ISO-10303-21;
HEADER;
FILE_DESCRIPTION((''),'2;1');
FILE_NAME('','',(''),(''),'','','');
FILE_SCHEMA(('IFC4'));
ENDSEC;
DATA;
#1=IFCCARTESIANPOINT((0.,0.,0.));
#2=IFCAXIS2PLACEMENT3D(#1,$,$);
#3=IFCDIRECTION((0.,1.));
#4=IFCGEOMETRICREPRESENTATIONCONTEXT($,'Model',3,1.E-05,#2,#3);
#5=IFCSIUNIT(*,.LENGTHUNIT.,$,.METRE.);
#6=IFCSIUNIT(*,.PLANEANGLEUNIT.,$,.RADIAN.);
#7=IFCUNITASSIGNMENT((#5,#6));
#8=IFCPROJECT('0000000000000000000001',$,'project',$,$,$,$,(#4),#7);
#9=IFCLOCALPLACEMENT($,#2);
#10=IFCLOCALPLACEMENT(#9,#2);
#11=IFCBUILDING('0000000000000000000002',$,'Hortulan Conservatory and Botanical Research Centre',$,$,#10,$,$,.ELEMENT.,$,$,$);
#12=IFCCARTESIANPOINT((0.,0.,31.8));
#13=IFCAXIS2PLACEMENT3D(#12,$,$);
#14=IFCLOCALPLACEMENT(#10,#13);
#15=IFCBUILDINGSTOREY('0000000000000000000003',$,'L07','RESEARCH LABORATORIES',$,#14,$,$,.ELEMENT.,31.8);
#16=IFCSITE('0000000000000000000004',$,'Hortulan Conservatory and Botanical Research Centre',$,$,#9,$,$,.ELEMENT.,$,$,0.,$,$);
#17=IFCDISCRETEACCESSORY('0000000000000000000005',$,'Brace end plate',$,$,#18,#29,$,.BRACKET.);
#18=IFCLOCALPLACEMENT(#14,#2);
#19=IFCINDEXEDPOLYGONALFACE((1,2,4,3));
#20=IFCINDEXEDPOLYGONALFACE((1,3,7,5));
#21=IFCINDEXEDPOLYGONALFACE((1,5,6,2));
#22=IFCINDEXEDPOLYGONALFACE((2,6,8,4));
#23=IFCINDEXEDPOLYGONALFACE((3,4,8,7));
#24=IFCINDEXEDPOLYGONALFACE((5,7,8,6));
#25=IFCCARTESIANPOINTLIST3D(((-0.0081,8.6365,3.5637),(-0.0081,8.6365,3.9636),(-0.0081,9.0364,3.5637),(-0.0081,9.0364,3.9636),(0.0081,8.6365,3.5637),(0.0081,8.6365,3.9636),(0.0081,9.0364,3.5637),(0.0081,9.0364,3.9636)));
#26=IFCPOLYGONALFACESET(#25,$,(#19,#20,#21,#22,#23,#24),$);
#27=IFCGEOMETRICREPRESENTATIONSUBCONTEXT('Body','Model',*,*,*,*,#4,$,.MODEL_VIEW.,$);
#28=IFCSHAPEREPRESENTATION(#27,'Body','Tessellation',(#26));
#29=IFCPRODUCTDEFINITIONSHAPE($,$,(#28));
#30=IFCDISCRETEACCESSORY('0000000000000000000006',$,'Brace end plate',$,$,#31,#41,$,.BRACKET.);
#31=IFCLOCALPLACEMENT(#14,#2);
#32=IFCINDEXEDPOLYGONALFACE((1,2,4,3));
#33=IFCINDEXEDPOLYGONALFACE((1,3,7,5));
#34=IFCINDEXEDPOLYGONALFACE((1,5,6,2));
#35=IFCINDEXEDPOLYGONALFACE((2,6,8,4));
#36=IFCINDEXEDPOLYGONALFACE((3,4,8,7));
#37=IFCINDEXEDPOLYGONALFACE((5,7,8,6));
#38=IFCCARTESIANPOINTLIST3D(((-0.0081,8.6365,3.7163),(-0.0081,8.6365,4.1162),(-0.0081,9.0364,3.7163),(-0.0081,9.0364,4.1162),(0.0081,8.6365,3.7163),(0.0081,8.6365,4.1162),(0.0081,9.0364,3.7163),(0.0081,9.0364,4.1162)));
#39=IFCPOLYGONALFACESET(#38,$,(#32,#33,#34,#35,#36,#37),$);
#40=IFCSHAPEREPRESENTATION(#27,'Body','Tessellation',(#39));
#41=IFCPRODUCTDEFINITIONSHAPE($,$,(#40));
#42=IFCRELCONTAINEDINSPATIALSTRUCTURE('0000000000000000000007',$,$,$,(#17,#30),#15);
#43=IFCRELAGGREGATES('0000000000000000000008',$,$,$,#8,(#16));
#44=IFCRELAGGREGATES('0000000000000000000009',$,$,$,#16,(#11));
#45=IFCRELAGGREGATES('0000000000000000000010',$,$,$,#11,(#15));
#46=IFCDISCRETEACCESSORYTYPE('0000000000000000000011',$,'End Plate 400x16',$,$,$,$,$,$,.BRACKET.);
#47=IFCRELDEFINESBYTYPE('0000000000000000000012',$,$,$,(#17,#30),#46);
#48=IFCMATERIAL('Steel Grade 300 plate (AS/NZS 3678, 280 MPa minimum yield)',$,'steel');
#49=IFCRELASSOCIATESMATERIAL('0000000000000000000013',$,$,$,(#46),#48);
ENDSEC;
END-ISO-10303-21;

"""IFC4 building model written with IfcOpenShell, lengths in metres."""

from ifc_helpers import new_model, si_unit, direction, frame, origin, origin_2d, place, context, subcontext, project, spatial, rectangle, extrude, material, type_object, element, save


model = new_model("IFC4")

# Units and contexts
model_context = context("Model", 3, precision=1e-05, world=origin(), true_north=direction((0.0, 1.0)))
body_context = subcontext(model_context, "Body", "Model", "MODEL_VIEW")
ifc_project = project(units=[si_unit("LENGTHUNIT", "METRE"), si_unit("PLANEANGLEUNIT", "RADIAN")], contexts=[model_context])

# Site, building, storey
site_placement = place(None, origin())
site = spatial("IfcSite", under=ifc_project, at=site_placement, Name="Hortulan Conservatory and Botanical Research Centre", CompositionType="ELEMENT", RefElevation=0.0)
building_placement = place(site_placement, origin())
building = spatial("IfcBuilding", under=site, at=building_placement, Name="Hortulan Conservatory and Botanical Research Centre", CompositionType="ELEMENT")
storey_placement = place(building_placement, frame((0.0, 0.0, 31.8)))
storey = spatial("IfcBuildingStorey", under=building, at=storey_placement, Name="L07", Description="RESEARCH LABORATORIES", CompositionType="ELEMENT", Elevation=31.8)

# Discrete accessories
ifc_material_1 = material(Name="Steel Grade 300 plate (AS/NZS 3678, 280 MPa minimum yield)", Category="steel")
discrete_accessory_type = type_object("IfcDiscreteAccessoryType", Name="End Plate 400x16", PredefinedType="BRACKET", material=ifc_material_1)
for number, where, z_axis, x_axis, name in (
    (1, (0.0, 8.8364, 3.5637), (0.0, 0.0, 1.0), (0.0, -1.0, 0.0), "Brace end plate"),
    (2, (0.0, 8.8364, 3.7163), (0.0, 0.0, 1.0), (0.0, -1.0, 0.0), "Brace end plate"),
):
    element("IfcDiscreteAccessory", number, at=place(storey_placement, frame(where, z_axis=z_axis, x_axis=x_axis)), inside=storey, type_object=discrete_accessory_type, Name=name, PredefinedType="BRACKET", context=body_context, shape_type="SweptSolid", body=[
        extrude(rectangle(XDim=0.3999, YDim=0.0161, at=origin_2d()), origin(), (0.0, 0.0, 1.0), 0.3999),
    ])

save(model, "model.ifc")
